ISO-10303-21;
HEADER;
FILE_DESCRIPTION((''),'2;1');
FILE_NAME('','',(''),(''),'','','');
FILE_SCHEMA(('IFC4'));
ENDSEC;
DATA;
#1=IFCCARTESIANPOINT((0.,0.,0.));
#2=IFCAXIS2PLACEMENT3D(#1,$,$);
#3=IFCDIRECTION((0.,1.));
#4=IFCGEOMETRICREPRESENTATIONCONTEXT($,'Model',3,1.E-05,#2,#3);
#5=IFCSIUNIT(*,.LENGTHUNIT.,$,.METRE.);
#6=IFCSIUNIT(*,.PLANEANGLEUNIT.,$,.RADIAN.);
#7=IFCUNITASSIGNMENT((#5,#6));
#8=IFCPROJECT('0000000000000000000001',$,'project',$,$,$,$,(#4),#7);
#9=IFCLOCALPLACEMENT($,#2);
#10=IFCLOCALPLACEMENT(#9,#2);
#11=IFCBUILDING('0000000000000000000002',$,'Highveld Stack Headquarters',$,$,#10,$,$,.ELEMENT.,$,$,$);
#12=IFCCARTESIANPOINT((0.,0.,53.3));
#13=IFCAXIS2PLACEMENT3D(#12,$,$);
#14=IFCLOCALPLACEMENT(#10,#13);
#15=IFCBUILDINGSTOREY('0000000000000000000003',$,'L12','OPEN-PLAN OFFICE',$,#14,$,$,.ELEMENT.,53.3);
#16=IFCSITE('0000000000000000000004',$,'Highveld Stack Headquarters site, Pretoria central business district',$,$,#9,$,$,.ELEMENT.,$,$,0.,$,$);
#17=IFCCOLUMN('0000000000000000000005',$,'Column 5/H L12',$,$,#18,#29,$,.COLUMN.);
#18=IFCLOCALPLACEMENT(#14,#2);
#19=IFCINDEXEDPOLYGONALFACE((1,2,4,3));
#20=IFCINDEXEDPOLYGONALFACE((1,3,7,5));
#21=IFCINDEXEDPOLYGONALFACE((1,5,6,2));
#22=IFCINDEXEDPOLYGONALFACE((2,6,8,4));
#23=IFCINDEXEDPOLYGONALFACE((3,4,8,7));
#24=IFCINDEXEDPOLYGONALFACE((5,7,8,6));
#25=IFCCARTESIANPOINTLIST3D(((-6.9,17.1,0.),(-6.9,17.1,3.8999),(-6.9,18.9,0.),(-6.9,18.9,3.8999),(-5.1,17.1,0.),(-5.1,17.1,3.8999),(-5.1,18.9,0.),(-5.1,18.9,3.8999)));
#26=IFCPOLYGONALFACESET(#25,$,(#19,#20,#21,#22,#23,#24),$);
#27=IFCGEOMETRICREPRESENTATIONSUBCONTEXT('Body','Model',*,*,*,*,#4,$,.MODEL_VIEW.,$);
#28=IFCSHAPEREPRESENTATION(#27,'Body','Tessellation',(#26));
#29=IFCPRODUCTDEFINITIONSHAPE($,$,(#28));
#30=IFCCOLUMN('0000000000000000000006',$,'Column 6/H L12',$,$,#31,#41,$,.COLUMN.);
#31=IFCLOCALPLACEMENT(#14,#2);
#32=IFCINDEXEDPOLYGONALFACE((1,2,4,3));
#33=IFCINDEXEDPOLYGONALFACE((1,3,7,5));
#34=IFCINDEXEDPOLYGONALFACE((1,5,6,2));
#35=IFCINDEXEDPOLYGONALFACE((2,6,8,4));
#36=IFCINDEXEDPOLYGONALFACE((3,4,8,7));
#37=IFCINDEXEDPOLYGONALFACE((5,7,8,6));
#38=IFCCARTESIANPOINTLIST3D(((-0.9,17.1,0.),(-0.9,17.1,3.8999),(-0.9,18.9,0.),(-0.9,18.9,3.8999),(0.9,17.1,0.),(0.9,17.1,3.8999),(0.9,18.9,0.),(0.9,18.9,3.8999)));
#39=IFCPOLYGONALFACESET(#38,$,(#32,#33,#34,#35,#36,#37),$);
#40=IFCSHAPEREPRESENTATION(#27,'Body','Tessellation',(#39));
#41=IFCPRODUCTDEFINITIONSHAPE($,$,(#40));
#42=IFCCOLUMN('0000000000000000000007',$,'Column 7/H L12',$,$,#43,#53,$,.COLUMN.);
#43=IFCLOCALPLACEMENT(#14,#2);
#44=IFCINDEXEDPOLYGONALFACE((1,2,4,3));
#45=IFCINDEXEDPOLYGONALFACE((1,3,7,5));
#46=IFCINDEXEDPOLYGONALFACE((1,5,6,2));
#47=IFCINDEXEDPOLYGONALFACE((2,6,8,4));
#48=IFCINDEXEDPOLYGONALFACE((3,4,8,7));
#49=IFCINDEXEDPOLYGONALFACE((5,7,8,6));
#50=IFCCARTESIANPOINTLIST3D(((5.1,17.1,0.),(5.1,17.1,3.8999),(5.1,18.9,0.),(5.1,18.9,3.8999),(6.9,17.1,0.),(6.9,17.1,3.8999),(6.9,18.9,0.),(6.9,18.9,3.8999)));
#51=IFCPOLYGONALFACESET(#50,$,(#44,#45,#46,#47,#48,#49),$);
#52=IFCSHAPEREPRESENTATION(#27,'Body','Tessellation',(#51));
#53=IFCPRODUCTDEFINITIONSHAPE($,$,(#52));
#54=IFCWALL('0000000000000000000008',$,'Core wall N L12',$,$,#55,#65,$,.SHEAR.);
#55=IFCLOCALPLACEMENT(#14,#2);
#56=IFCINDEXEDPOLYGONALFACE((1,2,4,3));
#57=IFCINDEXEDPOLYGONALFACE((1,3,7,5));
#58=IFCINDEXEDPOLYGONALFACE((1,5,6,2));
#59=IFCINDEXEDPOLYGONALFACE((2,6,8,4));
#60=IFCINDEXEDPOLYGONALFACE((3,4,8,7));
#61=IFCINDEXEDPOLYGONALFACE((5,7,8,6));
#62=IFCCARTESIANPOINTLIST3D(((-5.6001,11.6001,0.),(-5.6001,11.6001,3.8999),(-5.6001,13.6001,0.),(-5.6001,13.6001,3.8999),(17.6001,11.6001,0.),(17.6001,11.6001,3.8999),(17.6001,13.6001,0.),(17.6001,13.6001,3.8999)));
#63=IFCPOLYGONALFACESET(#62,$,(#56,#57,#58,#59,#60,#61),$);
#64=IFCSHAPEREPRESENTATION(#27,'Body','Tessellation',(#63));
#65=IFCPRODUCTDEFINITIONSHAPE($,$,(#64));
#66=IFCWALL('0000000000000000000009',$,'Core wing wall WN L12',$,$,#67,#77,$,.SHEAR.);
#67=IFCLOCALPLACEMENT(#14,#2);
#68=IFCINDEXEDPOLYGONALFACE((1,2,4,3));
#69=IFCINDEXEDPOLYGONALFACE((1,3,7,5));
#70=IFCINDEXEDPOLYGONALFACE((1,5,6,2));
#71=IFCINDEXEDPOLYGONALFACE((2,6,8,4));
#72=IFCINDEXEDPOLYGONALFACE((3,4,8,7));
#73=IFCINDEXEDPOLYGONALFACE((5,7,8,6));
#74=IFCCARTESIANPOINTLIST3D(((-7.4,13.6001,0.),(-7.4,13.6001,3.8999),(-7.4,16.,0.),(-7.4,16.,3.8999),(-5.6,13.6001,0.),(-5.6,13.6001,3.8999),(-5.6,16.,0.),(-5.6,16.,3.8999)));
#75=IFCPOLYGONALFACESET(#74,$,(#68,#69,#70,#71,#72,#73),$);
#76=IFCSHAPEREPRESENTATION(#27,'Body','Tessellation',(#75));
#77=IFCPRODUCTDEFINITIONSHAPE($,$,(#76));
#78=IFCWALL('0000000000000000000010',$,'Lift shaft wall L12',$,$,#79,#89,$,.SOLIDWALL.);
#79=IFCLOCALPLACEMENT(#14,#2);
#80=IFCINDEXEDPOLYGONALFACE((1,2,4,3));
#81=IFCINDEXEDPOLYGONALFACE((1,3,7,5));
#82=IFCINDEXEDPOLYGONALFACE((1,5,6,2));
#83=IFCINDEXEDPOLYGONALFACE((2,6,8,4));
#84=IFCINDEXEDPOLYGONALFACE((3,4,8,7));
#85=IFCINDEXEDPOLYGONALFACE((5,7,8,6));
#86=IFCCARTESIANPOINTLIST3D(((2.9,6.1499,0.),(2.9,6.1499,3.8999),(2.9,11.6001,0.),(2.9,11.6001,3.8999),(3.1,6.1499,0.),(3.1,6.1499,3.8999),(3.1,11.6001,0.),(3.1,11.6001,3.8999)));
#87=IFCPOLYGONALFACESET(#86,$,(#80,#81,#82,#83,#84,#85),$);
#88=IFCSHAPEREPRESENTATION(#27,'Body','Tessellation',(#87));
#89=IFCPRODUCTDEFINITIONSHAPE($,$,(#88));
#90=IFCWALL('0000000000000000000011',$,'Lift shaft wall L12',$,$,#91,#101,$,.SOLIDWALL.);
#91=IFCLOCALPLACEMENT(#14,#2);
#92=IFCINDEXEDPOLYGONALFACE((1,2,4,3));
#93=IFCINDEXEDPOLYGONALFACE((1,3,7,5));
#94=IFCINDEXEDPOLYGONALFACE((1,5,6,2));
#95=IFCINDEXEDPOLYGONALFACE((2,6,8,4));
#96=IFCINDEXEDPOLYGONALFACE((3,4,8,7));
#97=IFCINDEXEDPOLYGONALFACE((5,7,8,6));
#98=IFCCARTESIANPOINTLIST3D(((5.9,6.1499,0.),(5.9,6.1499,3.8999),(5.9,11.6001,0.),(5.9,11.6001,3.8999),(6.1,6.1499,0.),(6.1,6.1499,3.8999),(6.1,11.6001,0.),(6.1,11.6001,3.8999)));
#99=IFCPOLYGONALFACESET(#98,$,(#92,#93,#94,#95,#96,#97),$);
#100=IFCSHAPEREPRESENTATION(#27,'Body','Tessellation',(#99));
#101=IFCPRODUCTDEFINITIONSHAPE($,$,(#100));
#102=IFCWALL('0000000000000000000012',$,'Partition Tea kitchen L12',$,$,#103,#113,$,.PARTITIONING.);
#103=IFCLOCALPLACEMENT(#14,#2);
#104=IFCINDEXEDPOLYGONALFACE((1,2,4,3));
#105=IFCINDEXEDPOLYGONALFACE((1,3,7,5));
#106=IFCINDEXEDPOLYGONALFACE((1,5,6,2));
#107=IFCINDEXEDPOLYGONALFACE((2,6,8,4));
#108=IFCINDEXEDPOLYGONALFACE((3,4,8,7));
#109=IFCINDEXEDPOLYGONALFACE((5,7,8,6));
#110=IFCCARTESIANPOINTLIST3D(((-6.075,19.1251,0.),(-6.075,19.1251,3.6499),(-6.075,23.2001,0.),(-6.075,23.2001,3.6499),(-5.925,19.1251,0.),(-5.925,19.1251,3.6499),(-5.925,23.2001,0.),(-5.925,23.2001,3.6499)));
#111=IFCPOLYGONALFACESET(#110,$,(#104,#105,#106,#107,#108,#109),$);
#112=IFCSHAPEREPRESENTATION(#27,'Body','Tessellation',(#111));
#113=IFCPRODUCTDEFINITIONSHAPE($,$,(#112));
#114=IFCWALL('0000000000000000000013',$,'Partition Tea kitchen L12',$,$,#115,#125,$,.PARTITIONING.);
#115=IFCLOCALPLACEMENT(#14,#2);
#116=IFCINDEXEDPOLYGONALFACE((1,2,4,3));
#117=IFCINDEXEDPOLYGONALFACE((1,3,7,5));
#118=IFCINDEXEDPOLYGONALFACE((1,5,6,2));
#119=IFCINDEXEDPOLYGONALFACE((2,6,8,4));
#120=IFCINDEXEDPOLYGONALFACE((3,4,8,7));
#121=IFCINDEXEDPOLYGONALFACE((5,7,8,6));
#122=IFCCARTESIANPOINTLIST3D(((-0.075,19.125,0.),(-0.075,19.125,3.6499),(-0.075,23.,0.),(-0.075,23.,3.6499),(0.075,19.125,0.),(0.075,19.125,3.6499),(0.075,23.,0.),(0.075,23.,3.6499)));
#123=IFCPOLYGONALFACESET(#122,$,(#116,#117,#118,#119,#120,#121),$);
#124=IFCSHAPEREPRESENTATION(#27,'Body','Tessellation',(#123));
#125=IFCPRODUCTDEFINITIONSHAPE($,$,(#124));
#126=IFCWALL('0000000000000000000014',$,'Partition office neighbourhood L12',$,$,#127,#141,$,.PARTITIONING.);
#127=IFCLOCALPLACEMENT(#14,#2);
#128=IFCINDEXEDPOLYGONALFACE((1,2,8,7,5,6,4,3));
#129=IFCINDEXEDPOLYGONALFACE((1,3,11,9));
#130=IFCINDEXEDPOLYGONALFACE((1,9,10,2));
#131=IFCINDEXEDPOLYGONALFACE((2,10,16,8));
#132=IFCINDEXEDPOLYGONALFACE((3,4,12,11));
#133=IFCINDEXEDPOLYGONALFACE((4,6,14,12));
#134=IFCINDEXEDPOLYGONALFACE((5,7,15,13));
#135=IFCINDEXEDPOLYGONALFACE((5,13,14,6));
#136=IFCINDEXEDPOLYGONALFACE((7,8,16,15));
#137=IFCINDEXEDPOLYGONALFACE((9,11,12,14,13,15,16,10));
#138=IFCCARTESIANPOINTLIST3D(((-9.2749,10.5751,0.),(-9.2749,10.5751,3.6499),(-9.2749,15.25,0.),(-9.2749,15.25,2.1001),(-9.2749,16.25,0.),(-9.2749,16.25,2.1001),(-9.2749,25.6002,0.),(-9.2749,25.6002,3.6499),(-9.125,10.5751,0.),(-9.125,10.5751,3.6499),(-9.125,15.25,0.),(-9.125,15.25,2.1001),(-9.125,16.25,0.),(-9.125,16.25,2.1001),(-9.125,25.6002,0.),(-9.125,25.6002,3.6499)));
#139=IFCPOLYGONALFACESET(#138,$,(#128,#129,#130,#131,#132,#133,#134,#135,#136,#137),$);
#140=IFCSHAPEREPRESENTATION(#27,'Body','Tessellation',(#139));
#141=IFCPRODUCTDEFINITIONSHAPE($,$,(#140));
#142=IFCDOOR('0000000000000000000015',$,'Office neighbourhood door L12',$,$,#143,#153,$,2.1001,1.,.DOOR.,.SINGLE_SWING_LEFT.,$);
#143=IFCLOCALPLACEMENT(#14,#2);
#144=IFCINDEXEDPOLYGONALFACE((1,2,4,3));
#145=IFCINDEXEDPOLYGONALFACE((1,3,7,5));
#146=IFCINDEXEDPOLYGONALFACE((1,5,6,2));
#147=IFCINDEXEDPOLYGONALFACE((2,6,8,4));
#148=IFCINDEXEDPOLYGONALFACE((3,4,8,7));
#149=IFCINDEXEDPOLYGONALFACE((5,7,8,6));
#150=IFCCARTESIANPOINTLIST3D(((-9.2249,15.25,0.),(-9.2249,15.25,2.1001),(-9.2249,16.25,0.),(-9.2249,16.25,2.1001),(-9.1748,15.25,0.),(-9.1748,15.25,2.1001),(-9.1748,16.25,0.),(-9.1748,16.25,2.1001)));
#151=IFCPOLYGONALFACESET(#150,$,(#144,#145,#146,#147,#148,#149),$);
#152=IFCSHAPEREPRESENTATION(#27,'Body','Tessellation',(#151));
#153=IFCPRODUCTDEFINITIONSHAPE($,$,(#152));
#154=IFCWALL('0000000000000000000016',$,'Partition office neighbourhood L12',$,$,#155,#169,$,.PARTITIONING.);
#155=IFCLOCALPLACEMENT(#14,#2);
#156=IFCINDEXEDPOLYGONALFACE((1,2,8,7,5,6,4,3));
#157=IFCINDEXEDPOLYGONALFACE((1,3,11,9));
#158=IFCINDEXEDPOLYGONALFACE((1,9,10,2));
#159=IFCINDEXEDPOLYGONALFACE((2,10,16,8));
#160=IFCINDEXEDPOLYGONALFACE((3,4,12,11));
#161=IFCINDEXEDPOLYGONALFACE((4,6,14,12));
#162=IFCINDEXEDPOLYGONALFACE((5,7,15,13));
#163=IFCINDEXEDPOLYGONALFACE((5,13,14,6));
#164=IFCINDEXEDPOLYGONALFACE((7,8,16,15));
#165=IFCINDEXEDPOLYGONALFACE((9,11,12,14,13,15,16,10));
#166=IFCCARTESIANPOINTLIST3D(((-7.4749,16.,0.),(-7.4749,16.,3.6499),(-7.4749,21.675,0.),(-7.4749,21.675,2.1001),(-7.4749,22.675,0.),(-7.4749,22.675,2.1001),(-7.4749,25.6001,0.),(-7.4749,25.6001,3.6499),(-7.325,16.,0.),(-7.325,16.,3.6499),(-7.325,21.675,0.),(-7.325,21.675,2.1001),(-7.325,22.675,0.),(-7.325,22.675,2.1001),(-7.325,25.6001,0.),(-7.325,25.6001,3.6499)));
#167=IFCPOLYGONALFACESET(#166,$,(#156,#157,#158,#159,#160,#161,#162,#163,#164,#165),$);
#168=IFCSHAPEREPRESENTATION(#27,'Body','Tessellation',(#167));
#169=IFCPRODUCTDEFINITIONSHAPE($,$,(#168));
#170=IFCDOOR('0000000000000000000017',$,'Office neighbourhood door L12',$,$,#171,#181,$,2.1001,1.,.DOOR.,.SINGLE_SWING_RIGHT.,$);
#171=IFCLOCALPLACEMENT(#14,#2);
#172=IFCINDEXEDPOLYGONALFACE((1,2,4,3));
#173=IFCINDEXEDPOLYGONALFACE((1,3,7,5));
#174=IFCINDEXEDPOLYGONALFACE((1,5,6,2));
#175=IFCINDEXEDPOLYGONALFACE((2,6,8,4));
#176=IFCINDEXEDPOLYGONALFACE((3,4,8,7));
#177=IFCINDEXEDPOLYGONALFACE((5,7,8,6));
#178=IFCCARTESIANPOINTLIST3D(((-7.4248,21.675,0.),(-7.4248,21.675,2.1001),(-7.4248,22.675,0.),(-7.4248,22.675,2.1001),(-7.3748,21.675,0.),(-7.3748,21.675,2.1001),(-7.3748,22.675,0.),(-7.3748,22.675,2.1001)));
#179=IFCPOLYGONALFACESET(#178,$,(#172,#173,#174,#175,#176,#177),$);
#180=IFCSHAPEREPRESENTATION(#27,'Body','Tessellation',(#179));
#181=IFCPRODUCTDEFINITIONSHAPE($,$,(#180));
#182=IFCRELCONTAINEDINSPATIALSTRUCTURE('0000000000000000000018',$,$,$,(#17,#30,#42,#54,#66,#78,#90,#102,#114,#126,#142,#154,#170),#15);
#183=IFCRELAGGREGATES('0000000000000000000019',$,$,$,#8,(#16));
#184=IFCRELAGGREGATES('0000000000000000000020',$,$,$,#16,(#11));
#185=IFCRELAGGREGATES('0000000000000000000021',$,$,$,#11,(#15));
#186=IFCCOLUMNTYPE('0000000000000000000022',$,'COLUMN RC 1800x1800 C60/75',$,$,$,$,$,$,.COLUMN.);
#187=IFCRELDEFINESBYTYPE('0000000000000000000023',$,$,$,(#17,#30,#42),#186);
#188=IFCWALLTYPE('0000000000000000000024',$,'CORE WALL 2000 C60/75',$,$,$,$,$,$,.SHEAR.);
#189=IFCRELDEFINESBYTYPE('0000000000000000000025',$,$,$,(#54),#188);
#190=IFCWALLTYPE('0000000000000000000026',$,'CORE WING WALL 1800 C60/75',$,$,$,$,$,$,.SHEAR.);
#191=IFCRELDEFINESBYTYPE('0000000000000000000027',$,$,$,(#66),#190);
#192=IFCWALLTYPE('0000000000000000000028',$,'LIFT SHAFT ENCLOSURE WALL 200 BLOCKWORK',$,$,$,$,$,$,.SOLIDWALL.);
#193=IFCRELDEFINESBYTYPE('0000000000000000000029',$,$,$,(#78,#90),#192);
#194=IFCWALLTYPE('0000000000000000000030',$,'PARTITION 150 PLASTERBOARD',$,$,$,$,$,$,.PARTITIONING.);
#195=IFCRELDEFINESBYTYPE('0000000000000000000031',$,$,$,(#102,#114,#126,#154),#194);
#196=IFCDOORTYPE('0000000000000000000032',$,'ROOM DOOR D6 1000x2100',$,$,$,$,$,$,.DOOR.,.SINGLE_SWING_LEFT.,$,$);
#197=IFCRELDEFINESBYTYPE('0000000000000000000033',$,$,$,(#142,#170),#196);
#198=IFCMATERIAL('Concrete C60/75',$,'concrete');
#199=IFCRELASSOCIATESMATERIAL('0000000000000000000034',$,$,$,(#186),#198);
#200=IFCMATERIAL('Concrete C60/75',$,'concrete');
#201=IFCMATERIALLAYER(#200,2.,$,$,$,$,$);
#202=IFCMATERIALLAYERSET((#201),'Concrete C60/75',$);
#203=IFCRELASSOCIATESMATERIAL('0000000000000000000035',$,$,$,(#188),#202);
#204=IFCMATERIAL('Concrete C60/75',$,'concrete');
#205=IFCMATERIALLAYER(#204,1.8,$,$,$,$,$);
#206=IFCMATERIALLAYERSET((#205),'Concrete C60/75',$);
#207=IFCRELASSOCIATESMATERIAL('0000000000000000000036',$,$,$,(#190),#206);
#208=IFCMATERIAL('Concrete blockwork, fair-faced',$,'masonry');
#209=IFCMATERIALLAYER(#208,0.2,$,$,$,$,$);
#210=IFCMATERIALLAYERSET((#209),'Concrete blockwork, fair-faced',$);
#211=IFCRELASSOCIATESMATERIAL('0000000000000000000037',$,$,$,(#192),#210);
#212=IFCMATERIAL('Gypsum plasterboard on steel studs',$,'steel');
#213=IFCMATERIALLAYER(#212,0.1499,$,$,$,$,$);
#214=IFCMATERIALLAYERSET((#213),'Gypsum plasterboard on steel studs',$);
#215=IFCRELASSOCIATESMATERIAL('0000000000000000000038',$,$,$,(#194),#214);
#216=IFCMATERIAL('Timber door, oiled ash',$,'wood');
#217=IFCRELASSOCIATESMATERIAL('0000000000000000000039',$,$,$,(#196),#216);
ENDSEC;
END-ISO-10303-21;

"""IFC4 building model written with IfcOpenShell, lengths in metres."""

from ifc_helpers import new_model, si_unit, direction, frame, frame_2d, origin, origin_2d, place, context, subcontext, project, spatial, rectangle, extrude, material, layer, layer_set, material_profile, profile_set, type_object, element, fill, save


model = new_model("IFC4")

# Units and contexts
model_context = context("Model", 3, precision=1e-05, world=origin(), true_north=direction((0.0, 1.0)))
body_context = subcontext(model_context, "Body", "Model", "MODEL_VIEW")
ifc_project = project(units=[si_unit("LENGTHUNIT", "METRE"), si_unit("PLANEANGLEUNIT", "RADIAN")], contexts=[model_context])

# Site, building, storey
site_placement = place(None, origin())
site = spatial("IfcSite", under=ifc_project, at=site_placement, Name="Highveld Stack Headquarters site, Pretoria central business district", CompositionType="ELEMENT", RefElevation=0.0)
building_placement = place(site_placement, origin())
building = spatial("IfcBuilding", under=site, at=building_placement, Name="Highveld Stack Headquarters", CompositionType="ELEMENT")
storey_placement = place(building_placement, frame((0.0, 0.0, 53.3)))
storey = spatial("IfcBuildingStorey", under=building, at=storey_placement, Name="L12", Description="OPEN-PLAN OFFICE", CompositionType="ELEMENT", Elevation=53.3)

# Columns
ifc_material_1 = material(Name="Concrete C60/75", Category="concrete")
ifc_material_profile = material_profile(ifc_material_1, rectangle(XDim=1.8, YDim=1.8, at=origin_2d()), Name="RC 1800x1800")
ifc_profile_set = profile_set([ifc_material_profile], Name="Concrete C60/75")
column_type = type_object("IfcColumnType", Name="COLUMN RC 1800x1800 C60/75", PredefinedType="COLUMN", material=ifc_profile_set)
for number, where, z_axis, x_axis, name in (
    (1, (-6.0, 18.0, 0.0), (0.0, 0.0, 1.0), (1.0, 0.0, 0.0), "Column 5/H L12"),
    (2, (0.0, 18.0, 0.0), (0.0, 0.0, 1.0), (1.0, 0.0, 0.0), "Column 6/H L12"),
    (3, (6.0, 18.0, 0.0), (0.0, 0.0, 1.0), (1.0, 0.0, 0.0), "Column 7/H L12"),
):
    element("IfcColumn", number, at=place(storey_placement, frame(where, z_axis=z_axis, x_axis=x_axis)), inside=storey, type_object=column_type, Name=name, PredefinedType="COLUMN", context=body_context, shape_type="SweptSolid", body=[
        extrude(rectangle(XDim=1.8, YDim=1.8, at=origin_2d()), origin(), (0.0, 0.0, 1.0), 3.8999),
    ])

# Walls
ifc_material_2 = material(Name="Concrete C60/75", Category="concrete")
ifc_layer_1 = layer(ifc_material_2, 2.0)
ifc_layer_set_1 = layer_set([ifc_layer_1], Name="Concrete C60/75")
wall_type_1 = type_object("IfcWallType", Name="CORE WALL 2000 C60/75", PredefinedType="SHEAR", material=ifc_layer_set_1)
wall_1_placement = place(storey_placement, frame((-5.6001, 12.6001, 0.0), z_axis=(0.0, 0.0, 1.0), x_axis=(1.0, 0.0, 0.0)))
element("IfcWall", 4, at=wall_1_placement, inside=storey, type_object=wall_type_1, Name="Core wall N L12", PredefinedType="SHEAR", context=body_context, shape_type="SweptSolid", body=[
    extrude(rectangle(XDim=23.2002, YDim=2.0, at=frame_2d((11.6001, 0.0))), origin(), (0.0, 0.0, 1.0), 3.8999),
])
ifc_material_3 = material(Name="Concrete C60/75", Category="concrete")
ifc_layer_2 = layer(ifc_material_3, 1.8)
ifc_layer_set_2 = layer_set([ifc_layer_2], Name="Concrete C60/75")
wall_type_2 = type_object("IfcWallType", Name="CORE WING WALL 1800 C60/75", PredefinedType="SHEAR", material=ifc_layer_set_2)
wall_2_placement = place(storey_placement, frame((-6.5, 13.6001, 0.0), z_axis=(0.0, 0.0, 1.0), x_axis=(0.0, 1.0, 0.0)))
element("IfcWall", 5, at=wall_2_placement, inside=storey, type_object=wall_type_2, Name="Core wing wall WN L12", PredefinedType="SHEAR", context=body_context, shape_type="SweptSolid", body=[
    extrude(rectangle(XDim=2.3999, YDim=1.8, at=frame_2d((1.2, 0.0))), origin(), (0.0, 0.0, 1.0), 3.8999),
])
ifc_material_4 = material(Name="Concrete blockwork, fair-faced", Category="masonry")
ifc_layer_3 = layer(ifc_material_4, 0.2)
ifc_layer_set_3 = layer_set([ifc_layer_3], Name="Concrete blockwork, fair-faced")
wall_type_3 = type_object("IfcWallType", Name="LIFT SHAFT ENCLOSURE WALL 200 BLOCKWORK", PredefinedType="SOLIDWALL", material=ifc_layer_set_3)
for number, where, z_axis, x_axis, name in (
    (6, (3.0, 6.1499, 0.0), (0.0, 0.0, 1.0), (0.0, 1.0, 0.0), "Lift shaft wall L12"),
    (7, (6.0, 6.1499, 0.0), (0.0, 0.0, 1.0), (0.0, 1.0, 0.0), "Lift shaft wall L12"),
):
    element("IfcWall", number, at=place(storey_placement, frame(where, z_axis=z_axis, x_axis=x_axis)), inside=storey, type_object=wall_type_3, Name=name, PredefinedType="SOLIDWALL", context=body_context, shape_type="SweptSolid", body=[
        extrude(rectangle(XDim=5.4502, YDim=0.2, at=frame_2d((2.7251, 0.0))), origin(), (0.0, 0.0, 1.0), 3.8999),
    ])
ifc_material_5 = material(Name="Gypsum plasterboard on steel studs", Category="steel")
ifc_layer_4 = layer(ifc_material_5, 0.1499)
ifc_layer_set_4 = layer_set([ifc_layer_4], Name="Gypsum plasterboard on steel studs")
wall_type_4 = type_object("IfcWallType", Name="PARTITION 150 PLASTERBOARD", PredefinedType="PARTITIONING", material=ifc_layer_set_4)
wall_3_placement = place(storey_placement, frame((-6.0, 19.125, 0.0), z_axis=(0.0, 0.0, 1.0), x_axis=(0.0, 1.0, 0.0)))
element("IfcWall", 8, at=wall_3_placement, inside=storey, type_object=wall_type_4, Name="Partition Tea kitchen L12", PredefinedType="PARTITIONING", context=body_context, shape_type="SweptSolid", body=[
    extrude(rectangle(XDim=4.075, YDim=0.1499, at=frame_2d((2.0376, 0.0))), origin(), (0.0, 0.0, 1.0), 3.6499),
])
wall_4_placement = place(storey_placement, frame((0.0, 19.125, 0.0), z_axis=(0.0, 0.0, 1.0), x_axis=(0.0, 1.0, 0.0)))
element("IfcWall", 9, at=wall_4_placement, inside=storey, type_object=wall_type_4, Name="Partition Tea kitchen L12", PredefinedType="PARTITIONING", context=body_context, shape_type="SweptSolid", body=[
    extrude(rectangle(XDim=3.875, YDim=0.1499, at=frame_2d((1.9375, 0.0))), origin(), (0.0, 0.0, 1.0), 3.6499),
])

# Walls, openings, doors
wall_5_placement = place(storey_placement, frame((-9.2, 10.575, 0.0), z_axis=(0.0, 0.0, 1.0), x_axis=(0.0, 1.0, 0.0)))
wall_5 = element("IfcWall", 10, at=wall_5_placement, inside=storey, type_object=wall_type_4, Name="Partition office neighbourhood L12", PredefinedType="PARTITIONING", context=body_context, shape_type="SweptSolid", body=[
    extrude(rectangle(XDim=15.0251, YDim=0.1499, at=frame_2d((7.5127, 0.0))), origin(), (0.0, 0.0, 1.0), 3.6499),
])
opening_1_placement = place(wall_5_placement, frame((4.675, 0.0, 0.0)))
opening_1 = element("IfcOpeningElement", 11, at=opening_1_placement, cuts=wall_5, PredefinedType="OPENING", context=body_context, shape_type="SweptSolid", body=[
    extrude(rectangle(XDim=1.0, YDim=2.1001, at=frame_2d((0.5, 1.05))), frame((0.0, 0.085, 0.0), z_axis=(0.0, -1.0, 0.0), x_axis=(1.0, 0.0, 0.0)), (0.0, 0.0, 1.0), 0.1699),
])
ifc_material_6 = material(Name="Timber door, oiled ash", Category="wood")
door_type = type_object("IfcDoorType", Name="ROOM DOOR D6 1000x2100", OperationType="SINGLE_SWING_LEFT", PredefinedType="DOOR", material=ifc_material_6)
door_1_placement = place(opening_1_placement, origin())
door_1 = element("IfcDoor", 12, at=door_1_placement, inside=storey, type_object=door_type, Name="Office neighbourhood door L12", OperationType="SINGLE_SWING_LEFT", OverallHeight=2.1001, OverallWidth=1.0, PredefinedType="DOOR", context=body_context, shape_type="SweptSolid", body=[
    extrude(rectangle(XDim=1.0, YDim=2.1001, at=frame_2d((0.5, 1.05))), frame((0.0, 0.0249, 0.0), z_axis=(0.0, -1.0, 0.0), x_axis=(1.0, 0.0, 0.0)), (0.0, 0.0, 1.0), 0.05),
])
fill(opening_1, door_1)
wall_6_placement = place(storey_placement, frame((-7.3999, 16.0, 0.0), z_axis=(0.0, 0.0, 1.0), x_axis=(0.0, 1.0, 0.0)))
wall_6 = element("IfcWall", 13, at=wall_6_placement, inside=storey, type_object=wall_type_4, Name="Partition office neighbourhood L12", PredefinedType="PARTITIONING", context=body_context, shape_type="SweptSolid", body=[
    extrude(rectangle(XDim=9.6001, YDim=0.1499, at=frame_2d((4.8, 0.0))), origin(), (0.0, 0.0, 1.0), 3.6499),
])
opening_2_placement = place(wall_6_placement, frame((5.675, 0.0, 0.0)))
opening_2 = element("IfcOpeningElement", 14, at=opening_2_placement, cuts=wall_6, PredefinedType="OPENING", context=body_context, shape_type="SweptSolid", body=[
    extrude(rectangle(XDim=1.0, YDim=2.1001, at=frame_2d((0.5, 1.05))), frame((0.0, 0.085, 0.0), z_axis=(0.0, -1.0, 0.0), x_axis=(1.0, 0.0, 0.0)), (0.0, 0.0, 1.0), 0.1699),
])
door_2_placement = place(opening_2_placement, origin())
door_2 = element("IfcDoor", 15, at=door_2_placement, inside=storey, type_object=door_type, Name="Office neighbourhood door L12", OperationType="SINGLE_SWING_RIGHT", OverallHeight=2.1001, OverallWidth=1.0, PredefinedType="DOOR", context=body_context, shape_type="SweptSolid", body=[
    extrude(rectangle(XDim=1.0, YDim=2.1001, at=frame_2d((0.5, 1.05))), frame((0.0, 0.0249, 0.0), z_axis=(0.0, -1.0, 0.0), x_axis=(1.0, 0.0, 0.0)), (0.0, 0.0, 1.0), 0.05),
])
fill(opening_2, door_2)

save(model, "model.ifc")
